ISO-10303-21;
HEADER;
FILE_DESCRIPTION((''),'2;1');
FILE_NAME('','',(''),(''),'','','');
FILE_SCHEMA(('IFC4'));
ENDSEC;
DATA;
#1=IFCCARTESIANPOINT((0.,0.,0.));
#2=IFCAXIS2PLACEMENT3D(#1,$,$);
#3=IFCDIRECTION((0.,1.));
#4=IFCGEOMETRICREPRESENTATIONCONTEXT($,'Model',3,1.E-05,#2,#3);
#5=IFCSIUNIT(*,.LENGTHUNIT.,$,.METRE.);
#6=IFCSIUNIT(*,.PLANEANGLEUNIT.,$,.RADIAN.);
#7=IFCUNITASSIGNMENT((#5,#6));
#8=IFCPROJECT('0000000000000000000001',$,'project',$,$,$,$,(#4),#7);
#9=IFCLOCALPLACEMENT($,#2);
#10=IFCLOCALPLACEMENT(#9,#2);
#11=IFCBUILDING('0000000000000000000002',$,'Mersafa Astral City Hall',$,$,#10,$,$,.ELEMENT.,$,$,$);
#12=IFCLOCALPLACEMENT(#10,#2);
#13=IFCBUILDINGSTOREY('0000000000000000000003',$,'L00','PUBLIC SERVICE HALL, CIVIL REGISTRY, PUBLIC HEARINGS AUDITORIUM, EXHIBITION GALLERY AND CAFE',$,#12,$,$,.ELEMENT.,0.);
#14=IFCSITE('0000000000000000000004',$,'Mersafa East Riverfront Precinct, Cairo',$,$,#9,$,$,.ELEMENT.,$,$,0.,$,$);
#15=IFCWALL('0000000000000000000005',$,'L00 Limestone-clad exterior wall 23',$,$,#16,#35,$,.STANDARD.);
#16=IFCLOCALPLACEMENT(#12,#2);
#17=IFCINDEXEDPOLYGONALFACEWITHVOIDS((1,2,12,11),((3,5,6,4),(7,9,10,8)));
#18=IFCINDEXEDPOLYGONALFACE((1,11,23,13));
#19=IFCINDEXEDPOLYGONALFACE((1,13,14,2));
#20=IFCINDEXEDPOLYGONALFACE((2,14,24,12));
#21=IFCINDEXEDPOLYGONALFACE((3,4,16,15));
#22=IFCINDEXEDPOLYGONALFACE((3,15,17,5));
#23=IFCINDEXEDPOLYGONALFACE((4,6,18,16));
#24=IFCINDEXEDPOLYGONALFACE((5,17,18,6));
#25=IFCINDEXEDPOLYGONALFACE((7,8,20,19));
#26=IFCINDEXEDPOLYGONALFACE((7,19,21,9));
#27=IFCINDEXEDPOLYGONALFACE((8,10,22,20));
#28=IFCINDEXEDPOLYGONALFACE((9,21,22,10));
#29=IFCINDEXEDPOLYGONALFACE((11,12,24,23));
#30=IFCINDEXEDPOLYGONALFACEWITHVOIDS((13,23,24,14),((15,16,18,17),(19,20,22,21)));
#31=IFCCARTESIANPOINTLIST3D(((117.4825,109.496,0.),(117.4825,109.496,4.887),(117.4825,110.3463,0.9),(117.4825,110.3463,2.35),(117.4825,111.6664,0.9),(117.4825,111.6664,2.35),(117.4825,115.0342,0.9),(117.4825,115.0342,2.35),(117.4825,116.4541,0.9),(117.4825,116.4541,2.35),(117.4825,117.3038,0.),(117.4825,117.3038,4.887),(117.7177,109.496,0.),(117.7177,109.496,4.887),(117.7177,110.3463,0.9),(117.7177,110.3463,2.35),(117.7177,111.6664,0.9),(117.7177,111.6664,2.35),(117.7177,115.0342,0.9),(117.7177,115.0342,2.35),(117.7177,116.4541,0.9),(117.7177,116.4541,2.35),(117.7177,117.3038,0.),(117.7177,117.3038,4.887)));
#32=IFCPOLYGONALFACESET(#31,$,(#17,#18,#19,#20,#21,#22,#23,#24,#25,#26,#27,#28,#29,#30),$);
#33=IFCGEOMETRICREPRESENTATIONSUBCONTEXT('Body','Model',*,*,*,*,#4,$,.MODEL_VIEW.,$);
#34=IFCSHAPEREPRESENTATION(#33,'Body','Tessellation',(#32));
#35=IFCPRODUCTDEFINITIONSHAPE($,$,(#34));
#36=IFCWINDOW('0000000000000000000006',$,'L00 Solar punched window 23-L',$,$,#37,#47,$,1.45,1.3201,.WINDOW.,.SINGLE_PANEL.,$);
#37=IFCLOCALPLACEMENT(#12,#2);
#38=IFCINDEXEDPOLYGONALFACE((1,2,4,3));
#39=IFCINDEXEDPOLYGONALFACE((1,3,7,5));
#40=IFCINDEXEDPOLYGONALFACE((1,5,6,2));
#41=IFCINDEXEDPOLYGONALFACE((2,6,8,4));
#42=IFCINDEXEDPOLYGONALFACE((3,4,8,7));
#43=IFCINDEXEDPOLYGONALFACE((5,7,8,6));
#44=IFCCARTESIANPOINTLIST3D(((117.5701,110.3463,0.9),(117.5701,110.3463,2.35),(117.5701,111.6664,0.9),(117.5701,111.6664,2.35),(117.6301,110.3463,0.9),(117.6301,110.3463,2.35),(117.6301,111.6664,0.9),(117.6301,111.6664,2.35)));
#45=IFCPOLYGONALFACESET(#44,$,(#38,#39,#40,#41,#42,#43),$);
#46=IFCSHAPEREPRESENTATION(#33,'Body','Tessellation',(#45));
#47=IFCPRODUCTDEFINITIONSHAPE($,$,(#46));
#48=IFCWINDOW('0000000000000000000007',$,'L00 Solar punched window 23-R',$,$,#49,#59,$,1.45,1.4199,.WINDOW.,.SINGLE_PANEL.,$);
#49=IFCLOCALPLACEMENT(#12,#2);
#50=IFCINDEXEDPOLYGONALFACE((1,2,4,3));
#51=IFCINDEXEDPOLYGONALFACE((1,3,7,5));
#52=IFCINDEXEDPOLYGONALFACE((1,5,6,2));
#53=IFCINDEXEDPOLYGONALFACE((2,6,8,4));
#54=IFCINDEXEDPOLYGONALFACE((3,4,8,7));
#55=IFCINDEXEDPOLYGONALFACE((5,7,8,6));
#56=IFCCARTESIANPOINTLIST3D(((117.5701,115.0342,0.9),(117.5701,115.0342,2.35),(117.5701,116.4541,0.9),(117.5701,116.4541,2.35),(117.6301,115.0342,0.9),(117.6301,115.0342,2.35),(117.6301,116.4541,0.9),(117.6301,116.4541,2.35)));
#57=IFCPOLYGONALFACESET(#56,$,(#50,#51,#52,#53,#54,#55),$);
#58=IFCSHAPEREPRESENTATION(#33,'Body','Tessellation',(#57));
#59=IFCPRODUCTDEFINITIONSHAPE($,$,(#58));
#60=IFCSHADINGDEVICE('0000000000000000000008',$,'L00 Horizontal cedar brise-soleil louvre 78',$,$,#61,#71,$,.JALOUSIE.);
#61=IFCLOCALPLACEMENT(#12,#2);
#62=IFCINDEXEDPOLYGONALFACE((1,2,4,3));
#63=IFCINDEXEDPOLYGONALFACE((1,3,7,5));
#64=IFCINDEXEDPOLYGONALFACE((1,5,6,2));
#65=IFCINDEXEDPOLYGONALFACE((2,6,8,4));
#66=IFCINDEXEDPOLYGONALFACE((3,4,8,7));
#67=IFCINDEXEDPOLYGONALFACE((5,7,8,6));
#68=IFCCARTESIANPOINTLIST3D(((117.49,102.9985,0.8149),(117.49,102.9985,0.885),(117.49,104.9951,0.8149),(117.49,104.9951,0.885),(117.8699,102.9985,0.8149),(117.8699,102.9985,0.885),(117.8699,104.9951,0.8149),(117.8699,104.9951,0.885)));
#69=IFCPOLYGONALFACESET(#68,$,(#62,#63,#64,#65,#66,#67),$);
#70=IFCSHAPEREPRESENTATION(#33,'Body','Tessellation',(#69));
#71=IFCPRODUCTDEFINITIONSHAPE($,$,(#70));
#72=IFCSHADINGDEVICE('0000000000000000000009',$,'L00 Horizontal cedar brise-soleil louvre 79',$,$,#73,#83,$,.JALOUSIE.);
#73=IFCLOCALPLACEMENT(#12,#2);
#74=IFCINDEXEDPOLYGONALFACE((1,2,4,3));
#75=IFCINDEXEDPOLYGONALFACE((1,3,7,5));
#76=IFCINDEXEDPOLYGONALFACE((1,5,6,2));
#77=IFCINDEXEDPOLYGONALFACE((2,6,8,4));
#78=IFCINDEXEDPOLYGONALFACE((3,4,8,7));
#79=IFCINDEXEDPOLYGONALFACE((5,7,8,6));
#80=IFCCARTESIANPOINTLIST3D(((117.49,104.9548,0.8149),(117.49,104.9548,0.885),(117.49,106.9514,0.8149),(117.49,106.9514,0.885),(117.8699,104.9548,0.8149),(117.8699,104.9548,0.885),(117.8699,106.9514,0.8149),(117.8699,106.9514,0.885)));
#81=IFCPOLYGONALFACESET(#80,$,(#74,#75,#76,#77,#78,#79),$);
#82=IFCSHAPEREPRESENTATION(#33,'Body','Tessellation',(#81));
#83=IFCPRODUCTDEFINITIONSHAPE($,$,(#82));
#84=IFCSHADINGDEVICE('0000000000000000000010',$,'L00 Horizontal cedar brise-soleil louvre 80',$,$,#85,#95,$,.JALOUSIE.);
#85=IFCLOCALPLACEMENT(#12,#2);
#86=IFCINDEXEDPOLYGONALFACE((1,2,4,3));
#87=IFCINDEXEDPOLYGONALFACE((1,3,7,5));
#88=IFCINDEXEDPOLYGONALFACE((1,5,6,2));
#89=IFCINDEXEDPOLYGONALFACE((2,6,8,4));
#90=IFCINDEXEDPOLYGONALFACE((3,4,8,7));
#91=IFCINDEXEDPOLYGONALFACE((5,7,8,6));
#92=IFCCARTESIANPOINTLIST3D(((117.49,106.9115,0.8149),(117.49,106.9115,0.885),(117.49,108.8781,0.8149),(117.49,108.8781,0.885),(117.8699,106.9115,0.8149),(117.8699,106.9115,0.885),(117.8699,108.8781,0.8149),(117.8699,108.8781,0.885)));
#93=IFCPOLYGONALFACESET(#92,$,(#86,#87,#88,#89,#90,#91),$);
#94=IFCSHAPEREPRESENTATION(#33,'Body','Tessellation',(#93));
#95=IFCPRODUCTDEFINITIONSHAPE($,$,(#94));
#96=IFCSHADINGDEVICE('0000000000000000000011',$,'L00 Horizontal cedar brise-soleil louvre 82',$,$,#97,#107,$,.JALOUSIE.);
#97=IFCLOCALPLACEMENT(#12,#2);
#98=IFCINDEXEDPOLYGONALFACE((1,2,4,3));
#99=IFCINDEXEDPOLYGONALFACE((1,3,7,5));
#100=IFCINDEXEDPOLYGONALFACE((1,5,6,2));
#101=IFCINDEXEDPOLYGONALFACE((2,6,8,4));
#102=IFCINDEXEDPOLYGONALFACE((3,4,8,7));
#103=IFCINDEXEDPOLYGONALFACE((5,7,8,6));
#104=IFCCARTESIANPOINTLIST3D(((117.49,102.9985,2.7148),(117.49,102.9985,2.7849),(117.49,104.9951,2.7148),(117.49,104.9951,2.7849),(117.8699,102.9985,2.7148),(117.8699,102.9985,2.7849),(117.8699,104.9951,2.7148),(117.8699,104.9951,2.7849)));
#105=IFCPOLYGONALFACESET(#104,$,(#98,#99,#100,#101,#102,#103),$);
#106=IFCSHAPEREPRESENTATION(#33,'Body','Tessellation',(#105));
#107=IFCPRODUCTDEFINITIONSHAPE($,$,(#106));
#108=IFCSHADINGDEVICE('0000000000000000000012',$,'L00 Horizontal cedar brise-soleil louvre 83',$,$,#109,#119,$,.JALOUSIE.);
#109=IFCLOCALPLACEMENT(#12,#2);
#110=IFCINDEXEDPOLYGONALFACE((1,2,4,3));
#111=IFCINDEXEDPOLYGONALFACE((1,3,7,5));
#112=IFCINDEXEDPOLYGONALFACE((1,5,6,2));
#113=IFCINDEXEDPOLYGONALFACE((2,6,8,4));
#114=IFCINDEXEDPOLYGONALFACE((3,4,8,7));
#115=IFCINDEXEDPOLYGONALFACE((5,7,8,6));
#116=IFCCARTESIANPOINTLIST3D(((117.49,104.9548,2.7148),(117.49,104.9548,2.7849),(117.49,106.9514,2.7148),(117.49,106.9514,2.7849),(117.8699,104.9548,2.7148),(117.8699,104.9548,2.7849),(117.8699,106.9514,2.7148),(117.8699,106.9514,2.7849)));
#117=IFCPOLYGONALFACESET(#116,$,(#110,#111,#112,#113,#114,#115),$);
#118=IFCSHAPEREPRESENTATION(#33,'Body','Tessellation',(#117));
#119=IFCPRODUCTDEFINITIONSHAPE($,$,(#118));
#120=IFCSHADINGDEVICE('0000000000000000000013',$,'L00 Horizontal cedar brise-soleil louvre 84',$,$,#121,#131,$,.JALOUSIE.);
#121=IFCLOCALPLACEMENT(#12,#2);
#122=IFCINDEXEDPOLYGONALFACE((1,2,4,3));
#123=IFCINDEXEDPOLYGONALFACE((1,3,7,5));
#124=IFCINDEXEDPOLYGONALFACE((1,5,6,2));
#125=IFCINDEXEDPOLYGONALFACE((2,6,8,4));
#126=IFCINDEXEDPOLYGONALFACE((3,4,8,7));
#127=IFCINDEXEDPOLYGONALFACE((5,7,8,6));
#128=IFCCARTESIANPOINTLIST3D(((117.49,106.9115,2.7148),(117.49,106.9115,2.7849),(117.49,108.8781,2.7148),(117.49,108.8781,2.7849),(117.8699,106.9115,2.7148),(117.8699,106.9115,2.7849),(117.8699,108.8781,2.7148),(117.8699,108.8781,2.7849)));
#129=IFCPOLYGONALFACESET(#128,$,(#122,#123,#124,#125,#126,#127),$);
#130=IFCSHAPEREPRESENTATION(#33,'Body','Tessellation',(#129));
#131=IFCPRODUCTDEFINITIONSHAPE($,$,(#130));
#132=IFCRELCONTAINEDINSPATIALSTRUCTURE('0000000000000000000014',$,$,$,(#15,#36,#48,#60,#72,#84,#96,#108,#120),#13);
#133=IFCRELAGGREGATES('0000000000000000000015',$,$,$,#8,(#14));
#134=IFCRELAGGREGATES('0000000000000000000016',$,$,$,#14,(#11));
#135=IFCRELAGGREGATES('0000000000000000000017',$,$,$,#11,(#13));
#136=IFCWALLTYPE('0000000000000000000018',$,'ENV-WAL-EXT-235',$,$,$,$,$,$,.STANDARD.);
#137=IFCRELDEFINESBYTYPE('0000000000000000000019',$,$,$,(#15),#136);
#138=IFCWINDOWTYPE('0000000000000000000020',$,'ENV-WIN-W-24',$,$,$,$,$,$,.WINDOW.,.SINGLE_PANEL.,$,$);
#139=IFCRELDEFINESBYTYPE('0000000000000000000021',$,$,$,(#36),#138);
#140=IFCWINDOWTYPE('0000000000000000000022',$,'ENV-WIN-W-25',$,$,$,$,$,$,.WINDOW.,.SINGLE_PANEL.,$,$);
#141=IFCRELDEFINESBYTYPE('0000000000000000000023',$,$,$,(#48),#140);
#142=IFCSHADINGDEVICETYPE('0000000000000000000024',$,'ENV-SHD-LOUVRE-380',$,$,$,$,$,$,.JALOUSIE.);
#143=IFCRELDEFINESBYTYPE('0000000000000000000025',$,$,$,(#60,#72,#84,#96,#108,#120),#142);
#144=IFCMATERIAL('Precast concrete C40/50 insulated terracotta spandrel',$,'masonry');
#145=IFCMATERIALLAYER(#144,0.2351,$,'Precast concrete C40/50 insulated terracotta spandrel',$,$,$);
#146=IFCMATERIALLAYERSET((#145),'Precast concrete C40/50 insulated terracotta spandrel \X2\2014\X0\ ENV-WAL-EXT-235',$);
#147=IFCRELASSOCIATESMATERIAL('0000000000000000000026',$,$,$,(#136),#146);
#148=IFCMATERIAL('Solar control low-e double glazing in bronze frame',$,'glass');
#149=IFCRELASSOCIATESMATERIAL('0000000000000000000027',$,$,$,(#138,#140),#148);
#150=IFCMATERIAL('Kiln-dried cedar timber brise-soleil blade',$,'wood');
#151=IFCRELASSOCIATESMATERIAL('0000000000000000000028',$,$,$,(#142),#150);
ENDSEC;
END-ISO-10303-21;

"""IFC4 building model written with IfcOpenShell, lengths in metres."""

from ifc_helpers import new_model, si_unit, direction, frame, frame_2d, origin, origin_2d, place, context, subcontext, project, spatial, rectangle, extrude, material, layer, layer_set, type_object, element, fill, save


model = new_model("IFC4")

# Units and contexts
model_context = context("Model", 3, precision=1e-05, world=origin(), true_north=direction((0.0, 1.0)))
body_context = subcontext(model_context, "Body", "Model", "MODEL_VIEW")
ifc_project = project(units=[si_unit("LENGTHUNIT", "METRE"), si_unit("PLANEANGLEUNIT", "RADIAN")], contexts=[model_context])

# Site, building, storey
site_placement = place(None, origin())
site = spatial("IfcSite", under=ifc_project, at=site_placement, Name="Mersafa East Riverfront Precinct, Cairo", CompositionType="ELEMENT", RefElevation=0.0)
building_placement = place(site_placement, origin())
building = spatial("IfcBuilding", under=site, at=building_placement, Name="Mersafa Astral City Hall", CompositionType="ELEMENT")
storey_placement = place(building_placement, origin())
storey = spatial("IfcBuildingStorey", under=building, at=storey_placement, Name="L00", Description="PUBLIC SERVICE HALL, CIVIL REGISTRY, PUBLIC HEARINGS AUDITORIUM, EXHIBITION GALLERY AND CAFE", CompositionType="ELEMENT", Elevation=0.0)

# Wall, openings, windows
ifc_material_1 = material(Name="Precast concrete C40/50 insulated terracotta spandrel", Category="masonry")
ifc_layer_1 = layer(ifc_material_1, 0.2351, Name="Precast concrete C40/50 insulated terracotta spandrel")
ifc_layer_set_1 = layer_set([ifc_layer_1], Name="Precast concrete C40/50 insulated terracotta spandrel — ENV-WAL-EXT-235")
wall_type = type_object("IfcWallType", Name="ENV-WAL-EXT-235", PredefinedType="STANDARD", material=ifc_layer_set_1)
wall_placement = place(storey_placement, frame((117.6001, 109.4961, 0.0), z_axis=(0.0, 0.0, 1.0), x_axis=(0.0, 1.0, 0.0)))
wall = element("IfcWall", 1, at=wall_placement, inside=storey, type_object=wall_type, Name="L00 Limestone-clad exterior wall 23", PredefinedType="STANDARD", context=body_context, shape_type="SweptSolid", body=[
    extrude(rectangle(XDim=7.8079, YDim=0.2351, at=frame_2d((3.9038, 0.0))), origin(), (0.0, 0.0, 1.0), 4.887),
])
opening_1_placement = place(wall_placement, frame((0.8501, 0.0, 0.8999)))
opening_1 = element("IfcOpeningElement", 2, at=opening_1_placement, cuts=wall, PredefinedType="OPENING", context=body_context, shape_type="SweptSolid", body=[
    extrude(rectangle(XDim=1.3201, YDim=1.45, at=frame_2d((0.6602, 0.7251))), frame((0.0, 0.1274, 0.0), z_axis=(0.0, -1.0, 0.0), x_axis=(1.0, 0.0, 0.0)), (0.0, 0.0, 1.0), 0.2551),
])
opening_2_placement = place(wall_placement, frame((5.5381, 0.0, 0.8999)))
opening_2 = element("IfcOpeningElement", 3, at=opening_2_placement, cuts=wall, PredefinedType="OPENING", context=body_context, shape_type="SweptSolid", body=[
    extrude(rectangle(XDim=1.4199, YDim=1.45, at=frame_2d((0.71, 0.7251))), frame((0.0, 0.1274, 0.0), z_axis=(0.0, -1.0, 0.0), x_axis=(1.0, 0.0, 0.0)), (0.0, 0.0, 1.0), 0.2551),
])
ifc_material_2 = material(Name="Solar control low-e double glazing in bronze frame", Category="glass")
window_type_1 = type_object("IfcWindowType", Name="ENV-WIN-W-24", PartitioningType="SINGLE_PANEL", PredefinedType="WINDOW", material=ifc_material_2)
window_1_placement = place(opening_1_placement, origin())
window_1 = element("IfcWindow", 4, at=window_1_placement, inside=storey, type_object=window_type_1, Name="L00 Solar punched window 23-L", OverallHeight=1.45, OverallWidth=1.3201, PartitioningType="SINGLE_PANEL", PredefinedType="WINDOW", context=body_context, shape_type="SweptSolid", body=[
    extrude(rectangle(XDim=1.3201, YDim=1.45, at=frame_2d((0.6602, 0.7251))), frame((0.0, 0.03, 0.0), z_axis=(0.0, -1.0, 0.0), x_axis=(1.0, 0.0, 0.0)), (0.0, 0.0, 1.0), 0.0601),
])
fill(opening_1, window_1)
window_type_2 = type_object("IfcWindowType", Name="ENV-WIN-W-25", PartitioningType="SINGLE_PANEL", PredefinedType="WINDOW", material=ifc_material_2)
window_2_placement = place(opening_2_placement, origin())
window_2 = element("IfcWindow", 5, at=window_2_placement, inside=storey, type_object=window_type_2, Name="L00 Solar punched window 23-R", OverallHeight=1.45, OverallWidth=1.4199, PartitioningType="SINGLE_PANEL", PredefinedType="WINDOW", context=body_context, shape_type="SweptSolid", body=[
    extrude(rectangle(XDim=1.4199, YDim=1.45, at=frame_2d((0.71, 0.7251))), frame((0.0, 0.03, 0.0), z_axis=(0.0, -1.0, 0.0), x_axis=(1.0, 0.0, 0.0)), (0.0, 0.0, 1.0), 0.0601),
])
fill(opening_2, window_2)

# Shading devices
ifc_material_3 = material(Name="Kiln-dried cedar timber brise-soleil blade", Category="wood")
shading_device_type = type_object("IfcShadingDeviceType", Name="ENV-SHD-LOUVRE-380", PredefinedType="JALOUSIE", material=ifc_material_3)
for number, where, z_axis, x_axis, name in (
    (6, (117.6799, 103.9968, 0.8149), (0.0, 0.0, 1.0), (0.0, 1.0, 0.0), "L00 Horizontal cedar brise-soleil louvre 78"),
    (7, (117.6799, 105.9531, 0.8149), (0.0, 0.0, 1.0), (0.0, 1.0, 0.0), "L00 Horizontal cedar brise-soleil louvre 79"),
):
    element("IfcShadingDevice", number, at=place(storey_placement, frame(where, z_axis=z_axis, x_axis=x_axis)), inside=storey, type_object=shading_device_type, Name=name, PredefinedType="JALOUSIE", context=body_context, shape_type="SweptSolid", body=[
        extrude(rectangle(XDim=1.9966, YDim=0.3799, at=origin_2d()), origin(), (0.0, 0.0, 1.0), 0.0701),
    ])
shading_device_1_placement = place(storey_placement, frame((117.6799, 107.8948, 0.8149), z_axis=(0.0, 0.0, 1.0), x_axis=(0.0, 1.0, 0.0)))
element("IfcShadingDevice", 8, at=shading_device_1_placement, inside=storey, type_object=shading_device_type, Name="L00 Horizontal cedar brise-soleil louvre 80", PredefinedType="JALOUSIE", context=body_context, shape_type="SweptSolid", body=[
    extrude(rectangle(XDim=1.9666, YDim=0.3799, at=origin_2d()), origin(), (0.0, 0.0, 1.0), 0.0701),
])
for number, where, z_axis, x_axis, name in (
    (9, (117.6799, 103.9968, 2.7148), (0.0, 0.0, 1.0), (0.0, 1.0, 0.0), "L00 Horizontal cedar brise-soleil louvre 82"),
    (10, (117.6799, 105.9531, 2.7148), (0.0, 0.0, 1.0), (0.0, 1.0, 0.0), "L00 Horizontal cedar brise-soleil louvre 83"),
):
    element("IfcShadingDevice", number, at=place(storey_placement, frame(where, z_axis=z_axis, x_axis=x_axis)), inside=storey, type_object=shading_device_type, Name=name, PredefinedType="JALOUSIE", context=body_context, shape_type="SweptSolid", body=[
        extrude(rectangle(XDim=1.9966, YDim=0.3799, at=origin_2d()), origin(), (0.0, 0.0, 1.0), 0.0701),
    ])
shading_device_2_placement = place(storey_placement, frame((117.6799, 107.8948, 2.7148), z_axis=(0.0, 0.0, 1.0), x_axis=(0.0, 1.0, 0.0)))
element("IfcShadingDevice", 11, at=shading_device_2_placement, inside=storey, type_object=shading_device_type, Name="L00 Horizontal cedar brise-soleil louvre 84", PredefinedType="JALOUSIE", context=body_context, shape_type="SweptSolid", body=[
    extrude(rectangle(XDim=1.9666, YDim=0.3799, at=origin_2d()), origin(), (0.0, 0.0, 1.0), 0.0701),
])

save(model, "model.ifc")
